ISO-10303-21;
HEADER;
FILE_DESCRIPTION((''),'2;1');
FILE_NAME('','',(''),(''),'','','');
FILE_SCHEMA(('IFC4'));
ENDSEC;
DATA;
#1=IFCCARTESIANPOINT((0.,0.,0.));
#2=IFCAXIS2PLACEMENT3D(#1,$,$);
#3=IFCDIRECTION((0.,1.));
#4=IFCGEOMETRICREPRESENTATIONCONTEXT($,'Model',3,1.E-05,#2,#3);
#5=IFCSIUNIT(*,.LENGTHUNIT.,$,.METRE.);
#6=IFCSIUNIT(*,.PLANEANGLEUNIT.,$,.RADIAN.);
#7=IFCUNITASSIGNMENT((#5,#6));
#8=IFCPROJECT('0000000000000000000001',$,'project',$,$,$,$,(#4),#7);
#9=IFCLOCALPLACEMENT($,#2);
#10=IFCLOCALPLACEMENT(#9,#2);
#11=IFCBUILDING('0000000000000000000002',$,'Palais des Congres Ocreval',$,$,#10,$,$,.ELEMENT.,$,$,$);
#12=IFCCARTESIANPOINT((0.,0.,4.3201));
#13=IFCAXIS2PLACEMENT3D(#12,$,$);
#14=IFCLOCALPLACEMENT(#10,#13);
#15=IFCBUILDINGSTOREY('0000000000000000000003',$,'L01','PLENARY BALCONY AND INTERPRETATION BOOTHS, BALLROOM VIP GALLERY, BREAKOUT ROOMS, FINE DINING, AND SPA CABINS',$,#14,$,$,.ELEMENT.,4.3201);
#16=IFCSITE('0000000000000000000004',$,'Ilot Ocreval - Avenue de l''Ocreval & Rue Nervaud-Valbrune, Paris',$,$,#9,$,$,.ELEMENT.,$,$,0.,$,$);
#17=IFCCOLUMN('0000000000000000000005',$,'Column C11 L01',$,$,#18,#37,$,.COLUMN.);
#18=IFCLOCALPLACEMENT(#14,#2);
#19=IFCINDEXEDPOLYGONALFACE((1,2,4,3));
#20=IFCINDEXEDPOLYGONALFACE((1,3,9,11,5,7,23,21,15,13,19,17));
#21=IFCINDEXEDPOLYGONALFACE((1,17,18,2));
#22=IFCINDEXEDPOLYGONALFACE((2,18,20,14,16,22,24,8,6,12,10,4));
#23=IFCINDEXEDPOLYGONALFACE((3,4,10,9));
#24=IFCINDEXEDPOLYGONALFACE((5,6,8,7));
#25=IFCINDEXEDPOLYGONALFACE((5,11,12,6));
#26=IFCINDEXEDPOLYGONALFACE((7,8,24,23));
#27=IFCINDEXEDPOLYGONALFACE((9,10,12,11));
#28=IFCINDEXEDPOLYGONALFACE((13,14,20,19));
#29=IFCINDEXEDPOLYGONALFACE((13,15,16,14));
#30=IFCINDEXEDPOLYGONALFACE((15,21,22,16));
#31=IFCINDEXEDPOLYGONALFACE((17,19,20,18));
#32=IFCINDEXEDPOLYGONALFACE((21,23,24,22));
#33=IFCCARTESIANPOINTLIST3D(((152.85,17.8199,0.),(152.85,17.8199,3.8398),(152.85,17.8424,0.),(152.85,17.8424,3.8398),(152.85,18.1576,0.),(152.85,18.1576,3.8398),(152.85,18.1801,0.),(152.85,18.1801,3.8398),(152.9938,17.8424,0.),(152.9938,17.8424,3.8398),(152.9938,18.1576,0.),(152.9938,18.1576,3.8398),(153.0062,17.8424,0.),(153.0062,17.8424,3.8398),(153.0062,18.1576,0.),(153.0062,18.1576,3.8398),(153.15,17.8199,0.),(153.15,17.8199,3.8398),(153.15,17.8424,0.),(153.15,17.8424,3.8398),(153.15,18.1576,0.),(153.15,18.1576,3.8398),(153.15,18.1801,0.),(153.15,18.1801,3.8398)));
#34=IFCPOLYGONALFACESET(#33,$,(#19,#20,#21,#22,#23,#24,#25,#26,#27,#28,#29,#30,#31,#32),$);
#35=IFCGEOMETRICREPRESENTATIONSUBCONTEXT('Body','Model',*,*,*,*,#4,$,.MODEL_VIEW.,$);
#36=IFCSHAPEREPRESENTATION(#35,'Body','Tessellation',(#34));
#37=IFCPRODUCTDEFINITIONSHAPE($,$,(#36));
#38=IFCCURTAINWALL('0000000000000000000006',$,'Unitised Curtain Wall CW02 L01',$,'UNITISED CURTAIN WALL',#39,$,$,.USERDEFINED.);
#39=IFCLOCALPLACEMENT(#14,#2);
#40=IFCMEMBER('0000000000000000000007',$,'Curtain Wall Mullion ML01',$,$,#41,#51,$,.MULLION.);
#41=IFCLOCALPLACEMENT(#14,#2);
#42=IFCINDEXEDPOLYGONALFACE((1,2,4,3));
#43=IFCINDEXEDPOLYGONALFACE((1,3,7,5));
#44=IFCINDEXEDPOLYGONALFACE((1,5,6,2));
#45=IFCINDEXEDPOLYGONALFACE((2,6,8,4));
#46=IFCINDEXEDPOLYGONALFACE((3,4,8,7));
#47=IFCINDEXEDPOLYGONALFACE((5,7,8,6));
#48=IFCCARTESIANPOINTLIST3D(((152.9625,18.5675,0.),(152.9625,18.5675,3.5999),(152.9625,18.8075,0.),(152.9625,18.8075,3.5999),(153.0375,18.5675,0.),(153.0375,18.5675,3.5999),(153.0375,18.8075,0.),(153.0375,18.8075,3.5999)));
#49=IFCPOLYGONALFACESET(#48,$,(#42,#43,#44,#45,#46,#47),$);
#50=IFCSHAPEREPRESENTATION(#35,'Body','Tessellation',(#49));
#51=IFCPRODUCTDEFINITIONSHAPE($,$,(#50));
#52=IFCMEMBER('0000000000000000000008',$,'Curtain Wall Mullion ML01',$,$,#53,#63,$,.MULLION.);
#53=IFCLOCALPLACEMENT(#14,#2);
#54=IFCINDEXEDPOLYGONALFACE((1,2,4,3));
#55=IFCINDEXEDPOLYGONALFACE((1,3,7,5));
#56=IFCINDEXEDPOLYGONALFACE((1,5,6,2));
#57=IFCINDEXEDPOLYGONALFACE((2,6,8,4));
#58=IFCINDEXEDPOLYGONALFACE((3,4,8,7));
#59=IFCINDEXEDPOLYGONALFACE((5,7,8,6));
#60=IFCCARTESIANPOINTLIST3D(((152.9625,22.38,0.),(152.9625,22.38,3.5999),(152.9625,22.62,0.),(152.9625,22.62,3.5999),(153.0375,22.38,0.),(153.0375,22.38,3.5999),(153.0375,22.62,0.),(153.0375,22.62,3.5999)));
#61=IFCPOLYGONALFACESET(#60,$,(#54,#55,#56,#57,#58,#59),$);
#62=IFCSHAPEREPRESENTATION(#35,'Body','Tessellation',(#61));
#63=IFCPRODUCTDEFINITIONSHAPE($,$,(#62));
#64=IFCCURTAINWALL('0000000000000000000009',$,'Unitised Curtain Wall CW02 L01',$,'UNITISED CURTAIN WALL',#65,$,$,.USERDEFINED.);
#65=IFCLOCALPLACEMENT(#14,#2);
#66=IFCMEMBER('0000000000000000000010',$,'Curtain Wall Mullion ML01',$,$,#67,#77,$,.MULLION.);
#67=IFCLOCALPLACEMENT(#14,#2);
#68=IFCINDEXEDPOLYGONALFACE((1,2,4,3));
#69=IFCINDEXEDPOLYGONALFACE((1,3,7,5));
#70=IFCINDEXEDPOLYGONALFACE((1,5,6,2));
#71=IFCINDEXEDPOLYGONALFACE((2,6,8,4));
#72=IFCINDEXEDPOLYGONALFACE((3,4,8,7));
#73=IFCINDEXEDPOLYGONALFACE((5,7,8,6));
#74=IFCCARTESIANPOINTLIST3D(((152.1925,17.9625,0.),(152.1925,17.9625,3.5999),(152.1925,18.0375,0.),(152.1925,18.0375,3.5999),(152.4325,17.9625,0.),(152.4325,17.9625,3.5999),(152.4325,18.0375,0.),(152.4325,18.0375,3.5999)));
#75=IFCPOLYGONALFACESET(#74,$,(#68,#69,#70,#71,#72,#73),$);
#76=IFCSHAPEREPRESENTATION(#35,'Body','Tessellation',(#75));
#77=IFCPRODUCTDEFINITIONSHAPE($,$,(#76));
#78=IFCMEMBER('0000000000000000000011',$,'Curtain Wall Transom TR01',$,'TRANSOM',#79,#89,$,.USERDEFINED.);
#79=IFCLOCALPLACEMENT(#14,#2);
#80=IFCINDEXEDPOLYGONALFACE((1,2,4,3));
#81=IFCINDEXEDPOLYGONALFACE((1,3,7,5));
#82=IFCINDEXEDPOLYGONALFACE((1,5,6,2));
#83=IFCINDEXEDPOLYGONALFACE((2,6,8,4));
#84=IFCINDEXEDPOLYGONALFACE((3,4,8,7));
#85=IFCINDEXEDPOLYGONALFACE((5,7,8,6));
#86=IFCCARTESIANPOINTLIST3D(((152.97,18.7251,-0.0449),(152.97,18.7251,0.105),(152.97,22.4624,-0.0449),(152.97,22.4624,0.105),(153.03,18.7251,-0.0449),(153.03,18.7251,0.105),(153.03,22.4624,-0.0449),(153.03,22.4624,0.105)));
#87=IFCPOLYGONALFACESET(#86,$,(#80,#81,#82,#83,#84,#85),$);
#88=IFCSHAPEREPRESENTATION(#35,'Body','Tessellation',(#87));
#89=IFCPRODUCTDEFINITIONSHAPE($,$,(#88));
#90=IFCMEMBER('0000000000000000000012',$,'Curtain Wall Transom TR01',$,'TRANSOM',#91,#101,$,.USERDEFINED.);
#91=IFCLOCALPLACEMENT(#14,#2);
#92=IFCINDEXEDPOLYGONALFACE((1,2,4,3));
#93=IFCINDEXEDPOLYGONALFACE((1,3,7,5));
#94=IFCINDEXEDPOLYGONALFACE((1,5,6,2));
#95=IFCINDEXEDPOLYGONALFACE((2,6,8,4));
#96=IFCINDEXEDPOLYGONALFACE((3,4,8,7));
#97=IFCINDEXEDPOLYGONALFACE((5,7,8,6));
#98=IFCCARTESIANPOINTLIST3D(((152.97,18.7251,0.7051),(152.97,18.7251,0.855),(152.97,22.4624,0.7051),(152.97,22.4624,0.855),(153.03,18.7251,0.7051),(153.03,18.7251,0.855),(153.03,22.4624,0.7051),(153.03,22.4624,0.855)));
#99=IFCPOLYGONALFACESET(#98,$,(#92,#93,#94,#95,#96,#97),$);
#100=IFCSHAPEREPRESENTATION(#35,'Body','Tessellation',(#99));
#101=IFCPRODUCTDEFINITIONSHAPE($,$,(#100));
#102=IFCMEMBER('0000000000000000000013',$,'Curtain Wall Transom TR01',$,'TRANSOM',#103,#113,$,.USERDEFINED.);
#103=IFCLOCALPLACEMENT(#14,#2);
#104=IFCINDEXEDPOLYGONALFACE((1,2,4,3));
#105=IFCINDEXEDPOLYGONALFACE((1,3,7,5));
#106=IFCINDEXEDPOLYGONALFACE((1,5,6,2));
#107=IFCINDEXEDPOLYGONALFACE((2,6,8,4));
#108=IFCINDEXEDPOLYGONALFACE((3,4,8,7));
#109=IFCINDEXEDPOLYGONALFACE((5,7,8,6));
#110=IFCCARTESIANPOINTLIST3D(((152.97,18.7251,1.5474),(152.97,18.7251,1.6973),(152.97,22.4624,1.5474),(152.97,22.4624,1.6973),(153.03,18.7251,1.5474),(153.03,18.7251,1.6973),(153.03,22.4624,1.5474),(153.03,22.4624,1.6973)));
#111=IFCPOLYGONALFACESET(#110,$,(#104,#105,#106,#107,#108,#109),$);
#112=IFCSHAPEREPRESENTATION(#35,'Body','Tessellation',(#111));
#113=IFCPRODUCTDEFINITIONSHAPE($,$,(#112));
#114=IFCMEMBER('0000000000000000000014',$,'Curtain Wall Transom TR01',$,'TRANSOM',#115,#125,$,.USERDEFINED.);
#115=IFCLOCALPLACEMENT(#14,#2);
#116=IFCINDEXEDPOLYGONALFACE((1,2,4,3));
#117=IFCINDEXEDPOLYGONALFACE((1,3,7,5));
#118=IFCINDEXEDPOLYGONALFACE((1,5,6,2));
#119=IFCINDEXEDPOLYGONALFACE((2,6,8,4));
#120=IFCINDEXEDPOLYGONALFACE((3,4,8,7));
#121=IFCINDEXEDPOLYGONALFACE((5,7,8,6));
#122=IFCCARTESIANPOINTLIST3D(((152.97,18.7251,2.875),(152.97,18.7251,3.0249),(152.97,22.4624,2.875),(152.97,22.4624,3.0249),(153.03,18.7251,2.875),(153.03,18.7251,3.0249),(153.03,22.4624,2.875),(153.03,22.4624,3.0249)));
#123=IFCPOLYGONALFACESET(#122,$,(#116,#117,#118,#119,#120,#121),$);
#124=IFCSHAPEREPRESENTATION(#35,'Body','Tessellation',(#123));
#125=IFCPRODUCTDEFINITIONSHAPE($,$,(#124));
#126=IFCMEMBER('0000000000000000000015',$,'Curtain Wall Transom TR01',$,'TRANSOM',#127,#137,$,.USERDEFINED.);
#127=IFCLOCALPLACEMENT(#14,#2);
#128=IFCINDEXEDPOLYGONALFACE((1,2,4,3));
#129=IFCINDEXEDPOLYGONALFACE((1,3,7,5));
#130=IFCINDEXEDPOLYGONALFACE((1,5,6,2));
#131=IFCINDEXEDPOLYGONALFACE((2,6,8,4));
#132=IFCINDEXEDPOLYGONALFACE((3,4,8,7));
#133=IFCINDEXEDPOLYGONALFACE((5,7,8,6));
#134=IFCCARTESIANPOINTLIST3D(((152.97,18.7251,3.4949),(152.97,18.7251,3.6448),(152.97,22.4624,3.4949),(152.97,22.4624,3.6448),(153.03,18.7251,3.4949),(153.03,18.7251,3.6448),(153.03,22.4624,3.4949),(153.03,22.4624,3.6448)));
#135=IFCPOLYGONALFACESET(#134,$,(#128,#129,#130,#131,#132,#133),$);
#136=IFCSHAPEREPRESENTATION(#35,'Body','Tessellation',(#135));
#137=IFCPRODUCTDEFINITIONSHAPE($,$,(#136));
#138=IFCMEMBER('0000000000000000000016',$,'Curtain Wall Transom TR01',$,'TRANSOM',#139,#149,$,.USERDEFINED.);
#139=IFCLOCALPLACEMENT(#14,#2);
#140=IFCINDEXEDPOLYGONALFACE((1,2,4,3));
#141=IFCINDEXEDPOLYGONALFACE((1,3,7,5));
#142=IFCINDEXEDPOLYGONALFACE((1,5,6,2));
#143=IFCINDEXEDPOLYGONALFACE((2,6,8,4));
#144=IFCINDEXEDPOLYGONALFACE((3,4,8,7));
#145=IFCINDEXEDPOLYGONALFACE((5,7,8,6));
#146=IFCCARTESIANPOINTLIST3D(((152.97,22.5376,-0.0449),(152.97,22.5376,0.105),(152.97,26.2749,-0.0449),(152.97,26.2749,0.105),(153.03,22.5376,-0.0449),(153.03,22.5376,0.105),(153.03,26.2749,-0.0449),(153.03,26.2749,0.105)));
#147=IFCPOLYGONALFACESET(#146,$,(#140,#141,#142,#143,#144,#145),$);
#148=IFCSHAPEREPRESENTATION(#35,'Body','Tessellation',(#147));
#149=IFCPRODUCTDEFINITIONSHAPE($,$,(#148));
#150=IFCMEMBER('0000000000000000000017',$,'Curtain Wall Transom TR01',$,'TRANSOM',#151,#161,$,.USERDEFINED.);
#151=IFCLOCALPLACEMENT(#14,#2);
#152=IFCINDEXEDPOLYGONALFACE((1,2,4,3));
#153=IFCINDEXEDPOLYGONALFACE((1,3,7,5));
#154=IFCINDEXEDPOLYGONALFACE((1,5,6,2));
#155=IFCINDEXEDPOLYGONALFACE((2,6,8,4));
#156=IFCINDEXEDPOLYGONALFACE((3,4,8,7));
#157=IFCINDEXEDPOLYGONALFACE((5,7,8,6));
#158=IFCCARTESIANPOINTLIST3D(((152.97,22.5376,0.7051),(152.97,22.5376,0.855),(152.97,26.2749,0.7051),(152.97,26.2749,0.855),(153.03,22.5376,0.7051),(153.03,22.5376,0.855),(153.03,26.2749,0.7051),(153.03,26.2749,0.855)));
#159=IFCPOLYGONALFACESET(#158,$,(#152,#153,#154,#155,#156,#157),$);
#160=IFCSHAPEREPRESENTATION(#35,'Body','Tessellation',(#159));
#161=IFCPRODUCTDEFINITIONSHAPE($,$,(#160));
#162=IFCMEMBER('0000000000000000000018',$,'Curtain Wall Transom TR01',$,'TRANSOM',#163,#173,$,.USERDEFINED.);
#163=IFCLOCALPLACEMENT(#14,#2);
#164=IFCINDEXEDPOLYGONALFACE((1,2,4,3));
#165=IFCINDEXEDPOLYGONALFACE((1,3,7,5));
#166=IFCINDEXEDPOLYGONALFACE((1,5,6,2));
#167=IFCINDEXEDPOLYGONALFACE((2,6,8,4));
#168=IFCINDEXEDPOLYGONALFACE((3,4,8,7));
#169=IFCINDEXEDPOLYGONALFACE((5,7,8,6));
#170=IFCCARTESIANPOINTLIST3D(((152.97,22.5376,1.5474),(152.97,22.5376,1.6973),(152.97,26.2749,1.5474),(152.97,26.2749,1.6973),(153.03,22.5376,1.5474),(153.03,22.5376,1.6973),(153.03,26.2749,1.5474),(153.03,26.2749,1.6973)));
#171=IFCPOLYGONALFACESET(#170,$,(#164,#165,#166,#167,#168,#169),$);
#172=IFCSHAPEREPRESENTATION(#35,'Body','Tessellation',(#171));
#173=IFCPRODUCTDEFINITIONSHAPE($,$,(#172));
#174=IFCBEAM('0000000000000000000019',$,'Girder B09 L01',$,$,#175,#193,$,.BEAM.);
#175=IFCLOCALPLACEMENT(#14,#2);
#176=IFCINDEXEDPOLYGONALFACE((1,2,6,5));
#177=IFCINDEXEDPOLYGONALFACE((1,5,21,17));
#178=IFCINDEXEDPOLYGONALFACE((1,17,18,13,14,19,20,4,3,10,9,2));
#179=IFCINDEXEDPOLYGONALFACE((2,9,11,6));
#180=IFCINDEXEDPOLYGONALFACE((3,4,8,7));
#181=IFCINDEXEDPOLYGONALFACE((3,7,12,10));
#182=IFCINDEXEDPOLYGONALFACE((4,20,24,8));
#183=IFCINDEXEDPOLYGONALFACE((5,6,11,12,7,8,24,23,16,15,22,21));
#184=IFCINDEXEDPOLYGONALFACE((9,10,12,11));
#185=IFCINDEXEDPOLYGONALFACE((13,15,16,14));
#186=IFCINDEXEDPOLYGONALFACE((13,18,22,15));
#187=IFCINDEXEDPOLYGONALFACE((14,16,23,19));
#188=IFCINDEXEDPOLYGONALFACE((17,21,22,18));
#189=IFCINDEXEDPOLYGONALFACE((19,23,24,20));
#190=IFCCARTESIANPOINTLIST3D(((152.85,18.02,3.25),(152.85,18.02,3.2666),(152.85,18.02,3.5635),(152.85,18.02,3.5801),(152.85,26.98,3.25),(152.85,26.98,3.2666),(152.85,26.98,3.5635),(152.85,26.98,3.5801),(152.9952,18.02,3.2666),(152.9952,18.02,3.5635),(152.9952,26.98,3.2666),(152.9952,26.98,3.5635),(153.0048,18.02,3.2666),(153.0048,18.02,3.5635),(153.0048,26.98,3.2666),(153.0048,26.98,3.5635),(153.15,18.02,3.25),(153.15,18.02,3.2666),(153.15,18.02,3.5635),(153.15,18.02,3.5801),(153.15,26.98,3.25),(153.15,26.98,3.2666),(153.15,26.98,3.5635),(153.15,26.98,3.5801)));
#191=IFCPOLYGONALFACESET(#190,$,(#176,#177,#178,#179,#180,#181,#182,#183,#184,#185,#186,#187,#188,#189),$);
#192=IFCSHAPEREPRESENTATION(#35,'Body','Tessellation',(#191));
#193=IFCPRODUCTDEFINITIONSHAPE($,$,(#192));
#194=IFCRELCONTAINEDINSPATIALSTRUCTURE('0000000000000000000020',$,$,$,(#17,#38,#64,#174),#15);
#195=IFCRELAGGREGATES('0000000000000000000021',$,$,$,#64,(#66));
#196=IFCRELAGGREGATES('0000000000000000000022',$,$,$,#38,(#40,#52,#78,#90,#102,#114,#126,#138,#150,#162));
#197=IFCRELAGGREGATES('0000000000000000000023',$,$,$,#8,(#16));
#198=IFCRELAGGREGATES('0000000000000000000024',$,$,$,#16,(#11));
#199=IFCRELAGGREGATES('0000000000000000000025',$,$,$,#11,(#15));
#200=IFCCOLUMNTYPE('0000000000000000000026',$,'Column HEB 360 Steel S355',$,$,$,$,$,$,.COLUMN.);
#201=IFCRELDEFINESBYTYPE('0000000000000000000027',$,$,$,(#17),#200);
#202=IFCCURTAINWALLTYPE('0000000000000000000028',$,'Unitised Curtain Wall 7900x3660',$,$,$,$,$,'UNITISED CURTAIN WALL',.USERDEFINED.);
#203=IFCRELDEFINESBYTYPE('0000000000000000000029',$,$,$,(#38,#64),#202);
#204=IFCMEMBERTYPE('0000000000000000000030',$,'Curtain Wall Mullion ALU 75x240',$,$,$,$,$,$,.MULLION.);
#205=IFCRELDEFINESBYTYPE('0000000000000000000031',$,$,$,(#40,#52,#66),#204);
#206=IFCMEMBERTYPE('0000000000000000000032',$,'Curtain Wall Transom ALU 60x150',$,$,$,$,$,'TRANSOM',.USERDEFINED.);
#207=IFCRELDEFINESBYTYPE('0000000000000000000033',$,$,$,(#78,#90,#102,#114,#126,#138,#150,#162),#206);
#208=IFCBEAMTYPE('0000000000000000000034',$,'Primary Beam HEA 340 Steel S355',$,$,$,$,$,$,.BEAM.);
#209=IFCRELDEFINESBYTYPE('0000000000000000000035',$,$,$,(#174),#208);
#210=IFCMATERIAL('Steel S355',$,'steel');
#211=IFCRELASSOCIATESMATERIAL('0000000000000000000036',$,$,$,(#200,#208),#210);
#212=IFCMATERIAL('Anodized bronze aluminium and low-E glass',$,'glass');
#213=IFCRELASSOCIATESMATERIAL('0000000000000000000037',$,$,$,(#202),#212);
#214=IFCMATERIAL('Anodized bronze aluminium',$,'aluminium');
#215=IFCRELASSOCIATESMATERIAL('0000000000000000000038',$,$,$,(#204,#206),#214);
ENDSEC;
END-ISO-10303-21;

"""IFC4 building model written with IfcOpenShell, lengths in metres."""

from ifc_helpers import new_model, si_unit, direction, frame, origin, origin_2d, place, context, subcontext, project, spatial, rectangle, i_section, extrude, material, material_profile, profile_set, type_object, element, aggregate, save


model = new_model("IFC4")

# Units and contexts
model_context = context("Model", 3, precision=1e-05, world=origin(), true_north=direction((0.0, 1.0)))
body_context = subcontext(model_context, "Body", "Model", "MODEL_VIEW")
ifc_project = project(units=[si_unit("LENGTHUNIT", "METRE"), si_unit("PLANEANGLEUNIT", "RADIAN")], contexts=[model_context])

# Site, building, storey
site_placement = place(None, origin())
site = spatial("IfcSite", under=ifc_project, at=site_placement, Name="Ilot Ocreval - Avenue de l'Ocreval & Rue Nervaud-Valbrune, Paris", CompositionType="ELEMENT", RefElevation=0.0)
building_placement = place(site_placement, origin())
building = spatial("IfcBuilding", under=site, at=building_placement, Name="Palais des Congres Ocreval", CompositionType="ELEMENT")
storey_placement = place(building_placement, frame((0.0, 0.0, 4.3201)))
storey = spatial("IfcBuildingStorey", under=building, at=storey_placement, Name="L01", Description="PLENARY BALCONY AND INTERPRETATION BOOTHS, BALLROOM VIP GALLERY, BREAKOUT ROOMS, FINE DINING, AND SPA CABINS", CompositionType="ELEMENT", Elevation=4.3201)

# Column
ifc_material_1 = material(Name="Steel S355", Category="steel")
ifc_material_profile_1 = material_profile(ifc_material_1, i_section(OverallWidth=0.3, OverallDepth=0.3601, WebThickness=0.0125, FlangeThickness=0.0225, at=origin_2d()), Name="HEB 360")
ifc_profile_set_1 = profile_set([ifc_material_profile_1], Name="Steel S355")
column_type = type_object("IfcColumnType", Name="Column HEB 360 Steel S355", PredefinedType="COLUMN", material=ifc_profile_set_1)
column_placement = place(storey_placement, frame((153.0, 18.0, 0.0), z_axis=(0.0, 0.0, 1.0), x_axis=(1.0, 0.0, 0.0)))
element("IfcColumn", 1, at=column_placement, inside=storey, type_object=column_type, Name="Column C11 L01", PredefinedType="COLUMN", context=body_context, shape_type="SweptSolid", body=[
    extrude(i_section(OverallWidth=0.3, OverallDepth=0.3601, WebThickness=0.0125, FlangeThickness=0.0225, at=origin_2d()), origin(), (0.0, 0.0, 1.0), 3.8398),
])

# Curtain wall, members
ifc_material_2 = material(Name="Anodized bronze aluminium and low-E glass", Category="glass")
curtain_wall_type = type_object("IfcCurtainWallType", Name="Unitised Curtain Wall 7900x3660", ElementType="UNITISED CURTAIN WALL", PredefinedType="USERDEFINED", material=ifc_material_2)
curtain_wall_1_placement = place(storey_placement, origin())
curtain_wall_1 = element("IfcCurtainWall", 2, at=curtain_wall_1_placement, inside=storey, type_object=curtain_wall_type, Name="Unitised Curtain Wall CW02 L01", ObjectType="UNITISED CURTAIN WALL", PredefinedType="USERDEFINED")
ifc_material_3 = material(Name="Anodized bronze aluminium", Category="aluminium")
ifc_material_profile_2 = material_profile(ifc_material_3, rectangle(XDim=0.075, YDim=0.24, at=origin_2d()), Name="ALU 75x240")
ifc_profile_set_2 = profile_set([ifc_material_profile_2], Name="Anodized bronze aluminium")
member_type_1 = type_object("IfcMemberType", Name="Curtain Wall Mullion ALU 75x240", PredefinedType="MULLION", material=ifc_profile_set_2)
member_1_placement = place(storey_placement, frame((153.0, 18.6875, 0.0), z_axis=(0.0, 0.0, 1.0), x_axis=(-1.0, 0.0, 0.0)))
member_1 = element("IfcMember", 3, at=member_1_placement, type_object=member_type_1, Name="Curtain Wall Mullion ML01", PredefinedType="MULLION", context=body_context, shape_type="SweptSolid", body=[
    extrude(rectangle(XDim=0.075, YDim=0.24, at=origin_2d()), origin(), (0.0, 0.0, 1.0), 3.5999),
])
member_2_placement = place(storey_placement, frame((153.0, 22.5, 0.0), z_axis=(0.0, 0.0, 1.0), x_axis=(-1.0, 0.0, 0.0)))
member_2 = element("IfcMember", 4, at=member_2_placement, type_object=member_type_1, Name="Curtain Wall Mullion ML01", PredefinedType="MULLION", context=body_context, shape_type="SweptSolid", body=[
    extrude(rectangle(XDim=0.075, YDim=0.24, at=origin_2d()), origin(), (0.0, 0.0, 1.0), 3.5999),
])

# Curtain wall, member
curtain_wall_2_placement = place(storey_placement, origin())
curtain_wall_2 = element("IfcCurtainWall", 5, at=curtain_wall_2_placement, inside=storey, type_object=curtain_wall_type, Name="Unitised Curtain Wall CW02 L01", ObjectType="UNITISED CURTAIN WALL", PredefinedType="USERDEFINED")
member_3_placement = place(storey_placement, frame((152.3125, 18.0, 0.0), z_axis=(0.0, 0.0, 1.0), x_axis=(0.0, 1.0, 0.0)))
member_3 = element("IfcMember", 6, at=member_3_placement, type_object=member_type_1, Name="Curtain Wall Mullion ML01", PredefinedType="MULLION", context=body_context, shape_type="SweptSolid", body=[
    extrude(rectangle(XDim=0.075, YDim=0.24, at=origin_2d()), origin(), (0.0, 0.0, 1.0), 3.5999),
])

# Members
ifc_material_profile_3 = material_profile(ifc_material_3, rectangle(XDim=0.0601, YDim=0.1499, at=origin_2d()), Name="ALU 60x150")
ifc_profile_set_3 = profile_set([ifc_material_profile_3], Name="Anodized bronze aluminium")
member_type_2 = type_object("IfcMemberType", Name="Curtain Wall Transom ALU 60x150", ElementType="TRANSOM", PredefinedType="USERDEFINED", material=ifc_profile_set_3)
member_4_placement = place(storey_placement, frame((153.0, 18.7251, 0.03), z_axis=(0.0, 1.0, 0.0), x_axis=(-1.0, 0.0, 0.0)))
member_4 = element("IfcMember", 7, at=member_4_placement, type_object=member_type_2, Name="Curtain Wall Transom TR01", ObjectType="TRANSOM", PredefinedType="USERDEFINED", context=body_context, shape_type="SweptSolid", body=[
    extrude(rectangle(XDim=0.0601, YDim=0.1499, at=origin_2d()), origin(), (0.0, 0.0, 1.0), 3.7373),
])
member_5_placement = place(storey_placement, frame((153.0, 18.7251, 0.78), z_axis=(0.0, 1.0, 0.0), x_axis=(-1.0, 0.0, 0.0)))
member_5 = element("IfcMember", 8, at=member_5_placement, type_object=member_type_2, Name="Curtain Wall Transom TR01", ObjectType="TRANSOM", PredefinedType="USERDEFINED", context=body_context, shape_type="SweptSolid", body=[
    extrude(rectangle(XDim=0.0601, YDim=0.1499, at=origin_2d()), origin(), (0.0, 0.0, 1.0), 3.7373),
])
member_6_placement = place(storey_placement, frame((153.0, 18.7251, 1.6223), z_axis=(0.0, 1.0, 0.0), x_axis=(-1.0, 0.0, 0.0)))
member_6 = element("IfcMember", 9, at=member_6_placement, type_object=member_type_2, Name="Curtain Wall Transom TR01", ObjectType="TRANSOM", PredefinedType="USERDEFINED", context=body_context, shape_type="SweptSolid", body=[
    extrude(rectangle(XDim=0.0601, YDim=0.1499, at=origin_2d()), origin(), (0.0, 0.0, 1.0), 3.7373),
])
member_7_placement = place(storey_placement, frame((153.0, 18.7251, 2.95), z_axis=(0.0, 1.0, 0.0), x_axis=(-1.0, 0.0, 0.0)))
member_7 = element("IfcMember", 10, at=member_7_placement, type_object=member_type_2, Name="Curtain Wall Transom TR01", ObjectType="TRANSOM", PredefinedType="USERDEFINED", context=body_context, shape_type="SweptSolid", body=[
    extrude(rectangle(XDim=0.0601, YDim=0.1499, at=origin_2d()), origin(), (0.0, 0.0, 1.0), 3.7373),
])
member_8_placement = place(storey_placement, frame((153.0, 18.7251, 3.5698), z_axis=(0.0, 1.0, 0.0), x_axis=(-1.0, 0.0, 0.0)))
member_8 = element("IfcMember", 11, at=member_8_placement, type_object=member_type_2, Name="Curtain Wall Transom TR01", ObjectType="TRANSOM", PredefinedType="USERDEFINED", context=body_context, shape_type="SweptSolid", body=[
    extrude(rectangle(XDim=0.0601, YDim=0.1499, at=origin_2d()), origin(), (0.0, 0.0, 1.0), 3.7373),
])
member_9_placement = place(storey_placement, frame((153.0, 22.5376, 0.03), z_axis=(0.0, 1.0, 0.0), x_axis=(-1.0, 0.0, 0.0)))
member_9 = element("IfcMember", 12, at=member_9_placement, type_object=member_type_2, Name="Curtain Wall Transom TR01", ObjectType="TRANSOM", PredefinedType="USERDEFINED", context=body_context, shape_type="SweptSolid", body=[
    extrude(rectangle(XDim=0.0601, YDim=0.1499, at=origin_2d()), origin(), (0.0, 0.0, 1.0), 3.7373),
])
member_10_placement = place(storey_placement, frame((153.0, 22.5376, 0.78), z_axis=(0.0, 1.0, 0.0), x_axis=(-1.0, 0.0, 0.0)))
member_10 = element("IfcMember", 13, at=member_10_placement, type_object=member_type_2, Name="Curtain Wall Transom TR01", ObjectType="TRANSOM", PredefinedType="USERDEFINED", context=body_context, shape_type="SweptSolid", body=[
    extrude(rectangle(XDim=0.0601, YDim=0.1499, at=origin_2d()), origin(), (0.0, 0.0, 1.0), 3.7373),
])
member_11_placement = place(storey_placement, frame((153.0, 22.5376, 1.6223), z_axis=(0.0, 1.0, 0.0), x_axis=(-1.0, 0.0, 0.0)))
member_11 = element("IfcMember", 14, at=member_11_placement, type_object=member_type_2, Name="Curtain Wall Transom TR01", ObjectType="TRANSOM", PredefinedType="USERDEFINED", context=body_context, shape_type="SweptSolid", body=[
    extrude(rectangle(XDim=0.0601, YDim=0.1499, at=origin_2d()), origin(), (0.0, 0.0, 1.0), 3.7373),
])

# Beam
ifc_material_profile_4 = material_profile(ifc_material_1, i_section(OverallWidth=0.3, OverallDepth=0.3301, WebThickness=0.0095, FlangeThickness=0.0166, at=origin_2d()), Name="HEA 340")
ifc_profile_set_4 = profile_set([ifc_material_profile_4], Name="Steel S355")
beam_type = type_object("IfcBeamType", Name="Primary Beam HEA 340 Steel S355", PredefinedType="BEAM", material=ifc_profile_set_4)
beam_placement = place(storey_placement, frame((153.0, 18.02, 3.415), z_axis=(0.0, 1.0, 0.0), x_axis=(-1.0, 0.0, 0.0)))
element("IfcBeam", 15, at=beam_placement, inside=storey, type_object=beam_type, Name="Girder B09 L01", PredefinedType="BEAM", context=body_context, shape_type="SweptSolid", body=[
    extrude(i_section(OverallWidth=0.3, OverallDepth=0.3301, WebThickness=0.0095, FlangeThickness=0.0166, at=origin_2d()), origin(), (0.0, 0.0, 1.0), 8.96),
])

aggregate(curtain_wall_2, [member_3])
aggregate(curtain_wall_1, [member_1, member_2, member_4, member_5, member_6, member_7, member_8, member_9, member_10, member_11])

save(model, "model.ifc")
